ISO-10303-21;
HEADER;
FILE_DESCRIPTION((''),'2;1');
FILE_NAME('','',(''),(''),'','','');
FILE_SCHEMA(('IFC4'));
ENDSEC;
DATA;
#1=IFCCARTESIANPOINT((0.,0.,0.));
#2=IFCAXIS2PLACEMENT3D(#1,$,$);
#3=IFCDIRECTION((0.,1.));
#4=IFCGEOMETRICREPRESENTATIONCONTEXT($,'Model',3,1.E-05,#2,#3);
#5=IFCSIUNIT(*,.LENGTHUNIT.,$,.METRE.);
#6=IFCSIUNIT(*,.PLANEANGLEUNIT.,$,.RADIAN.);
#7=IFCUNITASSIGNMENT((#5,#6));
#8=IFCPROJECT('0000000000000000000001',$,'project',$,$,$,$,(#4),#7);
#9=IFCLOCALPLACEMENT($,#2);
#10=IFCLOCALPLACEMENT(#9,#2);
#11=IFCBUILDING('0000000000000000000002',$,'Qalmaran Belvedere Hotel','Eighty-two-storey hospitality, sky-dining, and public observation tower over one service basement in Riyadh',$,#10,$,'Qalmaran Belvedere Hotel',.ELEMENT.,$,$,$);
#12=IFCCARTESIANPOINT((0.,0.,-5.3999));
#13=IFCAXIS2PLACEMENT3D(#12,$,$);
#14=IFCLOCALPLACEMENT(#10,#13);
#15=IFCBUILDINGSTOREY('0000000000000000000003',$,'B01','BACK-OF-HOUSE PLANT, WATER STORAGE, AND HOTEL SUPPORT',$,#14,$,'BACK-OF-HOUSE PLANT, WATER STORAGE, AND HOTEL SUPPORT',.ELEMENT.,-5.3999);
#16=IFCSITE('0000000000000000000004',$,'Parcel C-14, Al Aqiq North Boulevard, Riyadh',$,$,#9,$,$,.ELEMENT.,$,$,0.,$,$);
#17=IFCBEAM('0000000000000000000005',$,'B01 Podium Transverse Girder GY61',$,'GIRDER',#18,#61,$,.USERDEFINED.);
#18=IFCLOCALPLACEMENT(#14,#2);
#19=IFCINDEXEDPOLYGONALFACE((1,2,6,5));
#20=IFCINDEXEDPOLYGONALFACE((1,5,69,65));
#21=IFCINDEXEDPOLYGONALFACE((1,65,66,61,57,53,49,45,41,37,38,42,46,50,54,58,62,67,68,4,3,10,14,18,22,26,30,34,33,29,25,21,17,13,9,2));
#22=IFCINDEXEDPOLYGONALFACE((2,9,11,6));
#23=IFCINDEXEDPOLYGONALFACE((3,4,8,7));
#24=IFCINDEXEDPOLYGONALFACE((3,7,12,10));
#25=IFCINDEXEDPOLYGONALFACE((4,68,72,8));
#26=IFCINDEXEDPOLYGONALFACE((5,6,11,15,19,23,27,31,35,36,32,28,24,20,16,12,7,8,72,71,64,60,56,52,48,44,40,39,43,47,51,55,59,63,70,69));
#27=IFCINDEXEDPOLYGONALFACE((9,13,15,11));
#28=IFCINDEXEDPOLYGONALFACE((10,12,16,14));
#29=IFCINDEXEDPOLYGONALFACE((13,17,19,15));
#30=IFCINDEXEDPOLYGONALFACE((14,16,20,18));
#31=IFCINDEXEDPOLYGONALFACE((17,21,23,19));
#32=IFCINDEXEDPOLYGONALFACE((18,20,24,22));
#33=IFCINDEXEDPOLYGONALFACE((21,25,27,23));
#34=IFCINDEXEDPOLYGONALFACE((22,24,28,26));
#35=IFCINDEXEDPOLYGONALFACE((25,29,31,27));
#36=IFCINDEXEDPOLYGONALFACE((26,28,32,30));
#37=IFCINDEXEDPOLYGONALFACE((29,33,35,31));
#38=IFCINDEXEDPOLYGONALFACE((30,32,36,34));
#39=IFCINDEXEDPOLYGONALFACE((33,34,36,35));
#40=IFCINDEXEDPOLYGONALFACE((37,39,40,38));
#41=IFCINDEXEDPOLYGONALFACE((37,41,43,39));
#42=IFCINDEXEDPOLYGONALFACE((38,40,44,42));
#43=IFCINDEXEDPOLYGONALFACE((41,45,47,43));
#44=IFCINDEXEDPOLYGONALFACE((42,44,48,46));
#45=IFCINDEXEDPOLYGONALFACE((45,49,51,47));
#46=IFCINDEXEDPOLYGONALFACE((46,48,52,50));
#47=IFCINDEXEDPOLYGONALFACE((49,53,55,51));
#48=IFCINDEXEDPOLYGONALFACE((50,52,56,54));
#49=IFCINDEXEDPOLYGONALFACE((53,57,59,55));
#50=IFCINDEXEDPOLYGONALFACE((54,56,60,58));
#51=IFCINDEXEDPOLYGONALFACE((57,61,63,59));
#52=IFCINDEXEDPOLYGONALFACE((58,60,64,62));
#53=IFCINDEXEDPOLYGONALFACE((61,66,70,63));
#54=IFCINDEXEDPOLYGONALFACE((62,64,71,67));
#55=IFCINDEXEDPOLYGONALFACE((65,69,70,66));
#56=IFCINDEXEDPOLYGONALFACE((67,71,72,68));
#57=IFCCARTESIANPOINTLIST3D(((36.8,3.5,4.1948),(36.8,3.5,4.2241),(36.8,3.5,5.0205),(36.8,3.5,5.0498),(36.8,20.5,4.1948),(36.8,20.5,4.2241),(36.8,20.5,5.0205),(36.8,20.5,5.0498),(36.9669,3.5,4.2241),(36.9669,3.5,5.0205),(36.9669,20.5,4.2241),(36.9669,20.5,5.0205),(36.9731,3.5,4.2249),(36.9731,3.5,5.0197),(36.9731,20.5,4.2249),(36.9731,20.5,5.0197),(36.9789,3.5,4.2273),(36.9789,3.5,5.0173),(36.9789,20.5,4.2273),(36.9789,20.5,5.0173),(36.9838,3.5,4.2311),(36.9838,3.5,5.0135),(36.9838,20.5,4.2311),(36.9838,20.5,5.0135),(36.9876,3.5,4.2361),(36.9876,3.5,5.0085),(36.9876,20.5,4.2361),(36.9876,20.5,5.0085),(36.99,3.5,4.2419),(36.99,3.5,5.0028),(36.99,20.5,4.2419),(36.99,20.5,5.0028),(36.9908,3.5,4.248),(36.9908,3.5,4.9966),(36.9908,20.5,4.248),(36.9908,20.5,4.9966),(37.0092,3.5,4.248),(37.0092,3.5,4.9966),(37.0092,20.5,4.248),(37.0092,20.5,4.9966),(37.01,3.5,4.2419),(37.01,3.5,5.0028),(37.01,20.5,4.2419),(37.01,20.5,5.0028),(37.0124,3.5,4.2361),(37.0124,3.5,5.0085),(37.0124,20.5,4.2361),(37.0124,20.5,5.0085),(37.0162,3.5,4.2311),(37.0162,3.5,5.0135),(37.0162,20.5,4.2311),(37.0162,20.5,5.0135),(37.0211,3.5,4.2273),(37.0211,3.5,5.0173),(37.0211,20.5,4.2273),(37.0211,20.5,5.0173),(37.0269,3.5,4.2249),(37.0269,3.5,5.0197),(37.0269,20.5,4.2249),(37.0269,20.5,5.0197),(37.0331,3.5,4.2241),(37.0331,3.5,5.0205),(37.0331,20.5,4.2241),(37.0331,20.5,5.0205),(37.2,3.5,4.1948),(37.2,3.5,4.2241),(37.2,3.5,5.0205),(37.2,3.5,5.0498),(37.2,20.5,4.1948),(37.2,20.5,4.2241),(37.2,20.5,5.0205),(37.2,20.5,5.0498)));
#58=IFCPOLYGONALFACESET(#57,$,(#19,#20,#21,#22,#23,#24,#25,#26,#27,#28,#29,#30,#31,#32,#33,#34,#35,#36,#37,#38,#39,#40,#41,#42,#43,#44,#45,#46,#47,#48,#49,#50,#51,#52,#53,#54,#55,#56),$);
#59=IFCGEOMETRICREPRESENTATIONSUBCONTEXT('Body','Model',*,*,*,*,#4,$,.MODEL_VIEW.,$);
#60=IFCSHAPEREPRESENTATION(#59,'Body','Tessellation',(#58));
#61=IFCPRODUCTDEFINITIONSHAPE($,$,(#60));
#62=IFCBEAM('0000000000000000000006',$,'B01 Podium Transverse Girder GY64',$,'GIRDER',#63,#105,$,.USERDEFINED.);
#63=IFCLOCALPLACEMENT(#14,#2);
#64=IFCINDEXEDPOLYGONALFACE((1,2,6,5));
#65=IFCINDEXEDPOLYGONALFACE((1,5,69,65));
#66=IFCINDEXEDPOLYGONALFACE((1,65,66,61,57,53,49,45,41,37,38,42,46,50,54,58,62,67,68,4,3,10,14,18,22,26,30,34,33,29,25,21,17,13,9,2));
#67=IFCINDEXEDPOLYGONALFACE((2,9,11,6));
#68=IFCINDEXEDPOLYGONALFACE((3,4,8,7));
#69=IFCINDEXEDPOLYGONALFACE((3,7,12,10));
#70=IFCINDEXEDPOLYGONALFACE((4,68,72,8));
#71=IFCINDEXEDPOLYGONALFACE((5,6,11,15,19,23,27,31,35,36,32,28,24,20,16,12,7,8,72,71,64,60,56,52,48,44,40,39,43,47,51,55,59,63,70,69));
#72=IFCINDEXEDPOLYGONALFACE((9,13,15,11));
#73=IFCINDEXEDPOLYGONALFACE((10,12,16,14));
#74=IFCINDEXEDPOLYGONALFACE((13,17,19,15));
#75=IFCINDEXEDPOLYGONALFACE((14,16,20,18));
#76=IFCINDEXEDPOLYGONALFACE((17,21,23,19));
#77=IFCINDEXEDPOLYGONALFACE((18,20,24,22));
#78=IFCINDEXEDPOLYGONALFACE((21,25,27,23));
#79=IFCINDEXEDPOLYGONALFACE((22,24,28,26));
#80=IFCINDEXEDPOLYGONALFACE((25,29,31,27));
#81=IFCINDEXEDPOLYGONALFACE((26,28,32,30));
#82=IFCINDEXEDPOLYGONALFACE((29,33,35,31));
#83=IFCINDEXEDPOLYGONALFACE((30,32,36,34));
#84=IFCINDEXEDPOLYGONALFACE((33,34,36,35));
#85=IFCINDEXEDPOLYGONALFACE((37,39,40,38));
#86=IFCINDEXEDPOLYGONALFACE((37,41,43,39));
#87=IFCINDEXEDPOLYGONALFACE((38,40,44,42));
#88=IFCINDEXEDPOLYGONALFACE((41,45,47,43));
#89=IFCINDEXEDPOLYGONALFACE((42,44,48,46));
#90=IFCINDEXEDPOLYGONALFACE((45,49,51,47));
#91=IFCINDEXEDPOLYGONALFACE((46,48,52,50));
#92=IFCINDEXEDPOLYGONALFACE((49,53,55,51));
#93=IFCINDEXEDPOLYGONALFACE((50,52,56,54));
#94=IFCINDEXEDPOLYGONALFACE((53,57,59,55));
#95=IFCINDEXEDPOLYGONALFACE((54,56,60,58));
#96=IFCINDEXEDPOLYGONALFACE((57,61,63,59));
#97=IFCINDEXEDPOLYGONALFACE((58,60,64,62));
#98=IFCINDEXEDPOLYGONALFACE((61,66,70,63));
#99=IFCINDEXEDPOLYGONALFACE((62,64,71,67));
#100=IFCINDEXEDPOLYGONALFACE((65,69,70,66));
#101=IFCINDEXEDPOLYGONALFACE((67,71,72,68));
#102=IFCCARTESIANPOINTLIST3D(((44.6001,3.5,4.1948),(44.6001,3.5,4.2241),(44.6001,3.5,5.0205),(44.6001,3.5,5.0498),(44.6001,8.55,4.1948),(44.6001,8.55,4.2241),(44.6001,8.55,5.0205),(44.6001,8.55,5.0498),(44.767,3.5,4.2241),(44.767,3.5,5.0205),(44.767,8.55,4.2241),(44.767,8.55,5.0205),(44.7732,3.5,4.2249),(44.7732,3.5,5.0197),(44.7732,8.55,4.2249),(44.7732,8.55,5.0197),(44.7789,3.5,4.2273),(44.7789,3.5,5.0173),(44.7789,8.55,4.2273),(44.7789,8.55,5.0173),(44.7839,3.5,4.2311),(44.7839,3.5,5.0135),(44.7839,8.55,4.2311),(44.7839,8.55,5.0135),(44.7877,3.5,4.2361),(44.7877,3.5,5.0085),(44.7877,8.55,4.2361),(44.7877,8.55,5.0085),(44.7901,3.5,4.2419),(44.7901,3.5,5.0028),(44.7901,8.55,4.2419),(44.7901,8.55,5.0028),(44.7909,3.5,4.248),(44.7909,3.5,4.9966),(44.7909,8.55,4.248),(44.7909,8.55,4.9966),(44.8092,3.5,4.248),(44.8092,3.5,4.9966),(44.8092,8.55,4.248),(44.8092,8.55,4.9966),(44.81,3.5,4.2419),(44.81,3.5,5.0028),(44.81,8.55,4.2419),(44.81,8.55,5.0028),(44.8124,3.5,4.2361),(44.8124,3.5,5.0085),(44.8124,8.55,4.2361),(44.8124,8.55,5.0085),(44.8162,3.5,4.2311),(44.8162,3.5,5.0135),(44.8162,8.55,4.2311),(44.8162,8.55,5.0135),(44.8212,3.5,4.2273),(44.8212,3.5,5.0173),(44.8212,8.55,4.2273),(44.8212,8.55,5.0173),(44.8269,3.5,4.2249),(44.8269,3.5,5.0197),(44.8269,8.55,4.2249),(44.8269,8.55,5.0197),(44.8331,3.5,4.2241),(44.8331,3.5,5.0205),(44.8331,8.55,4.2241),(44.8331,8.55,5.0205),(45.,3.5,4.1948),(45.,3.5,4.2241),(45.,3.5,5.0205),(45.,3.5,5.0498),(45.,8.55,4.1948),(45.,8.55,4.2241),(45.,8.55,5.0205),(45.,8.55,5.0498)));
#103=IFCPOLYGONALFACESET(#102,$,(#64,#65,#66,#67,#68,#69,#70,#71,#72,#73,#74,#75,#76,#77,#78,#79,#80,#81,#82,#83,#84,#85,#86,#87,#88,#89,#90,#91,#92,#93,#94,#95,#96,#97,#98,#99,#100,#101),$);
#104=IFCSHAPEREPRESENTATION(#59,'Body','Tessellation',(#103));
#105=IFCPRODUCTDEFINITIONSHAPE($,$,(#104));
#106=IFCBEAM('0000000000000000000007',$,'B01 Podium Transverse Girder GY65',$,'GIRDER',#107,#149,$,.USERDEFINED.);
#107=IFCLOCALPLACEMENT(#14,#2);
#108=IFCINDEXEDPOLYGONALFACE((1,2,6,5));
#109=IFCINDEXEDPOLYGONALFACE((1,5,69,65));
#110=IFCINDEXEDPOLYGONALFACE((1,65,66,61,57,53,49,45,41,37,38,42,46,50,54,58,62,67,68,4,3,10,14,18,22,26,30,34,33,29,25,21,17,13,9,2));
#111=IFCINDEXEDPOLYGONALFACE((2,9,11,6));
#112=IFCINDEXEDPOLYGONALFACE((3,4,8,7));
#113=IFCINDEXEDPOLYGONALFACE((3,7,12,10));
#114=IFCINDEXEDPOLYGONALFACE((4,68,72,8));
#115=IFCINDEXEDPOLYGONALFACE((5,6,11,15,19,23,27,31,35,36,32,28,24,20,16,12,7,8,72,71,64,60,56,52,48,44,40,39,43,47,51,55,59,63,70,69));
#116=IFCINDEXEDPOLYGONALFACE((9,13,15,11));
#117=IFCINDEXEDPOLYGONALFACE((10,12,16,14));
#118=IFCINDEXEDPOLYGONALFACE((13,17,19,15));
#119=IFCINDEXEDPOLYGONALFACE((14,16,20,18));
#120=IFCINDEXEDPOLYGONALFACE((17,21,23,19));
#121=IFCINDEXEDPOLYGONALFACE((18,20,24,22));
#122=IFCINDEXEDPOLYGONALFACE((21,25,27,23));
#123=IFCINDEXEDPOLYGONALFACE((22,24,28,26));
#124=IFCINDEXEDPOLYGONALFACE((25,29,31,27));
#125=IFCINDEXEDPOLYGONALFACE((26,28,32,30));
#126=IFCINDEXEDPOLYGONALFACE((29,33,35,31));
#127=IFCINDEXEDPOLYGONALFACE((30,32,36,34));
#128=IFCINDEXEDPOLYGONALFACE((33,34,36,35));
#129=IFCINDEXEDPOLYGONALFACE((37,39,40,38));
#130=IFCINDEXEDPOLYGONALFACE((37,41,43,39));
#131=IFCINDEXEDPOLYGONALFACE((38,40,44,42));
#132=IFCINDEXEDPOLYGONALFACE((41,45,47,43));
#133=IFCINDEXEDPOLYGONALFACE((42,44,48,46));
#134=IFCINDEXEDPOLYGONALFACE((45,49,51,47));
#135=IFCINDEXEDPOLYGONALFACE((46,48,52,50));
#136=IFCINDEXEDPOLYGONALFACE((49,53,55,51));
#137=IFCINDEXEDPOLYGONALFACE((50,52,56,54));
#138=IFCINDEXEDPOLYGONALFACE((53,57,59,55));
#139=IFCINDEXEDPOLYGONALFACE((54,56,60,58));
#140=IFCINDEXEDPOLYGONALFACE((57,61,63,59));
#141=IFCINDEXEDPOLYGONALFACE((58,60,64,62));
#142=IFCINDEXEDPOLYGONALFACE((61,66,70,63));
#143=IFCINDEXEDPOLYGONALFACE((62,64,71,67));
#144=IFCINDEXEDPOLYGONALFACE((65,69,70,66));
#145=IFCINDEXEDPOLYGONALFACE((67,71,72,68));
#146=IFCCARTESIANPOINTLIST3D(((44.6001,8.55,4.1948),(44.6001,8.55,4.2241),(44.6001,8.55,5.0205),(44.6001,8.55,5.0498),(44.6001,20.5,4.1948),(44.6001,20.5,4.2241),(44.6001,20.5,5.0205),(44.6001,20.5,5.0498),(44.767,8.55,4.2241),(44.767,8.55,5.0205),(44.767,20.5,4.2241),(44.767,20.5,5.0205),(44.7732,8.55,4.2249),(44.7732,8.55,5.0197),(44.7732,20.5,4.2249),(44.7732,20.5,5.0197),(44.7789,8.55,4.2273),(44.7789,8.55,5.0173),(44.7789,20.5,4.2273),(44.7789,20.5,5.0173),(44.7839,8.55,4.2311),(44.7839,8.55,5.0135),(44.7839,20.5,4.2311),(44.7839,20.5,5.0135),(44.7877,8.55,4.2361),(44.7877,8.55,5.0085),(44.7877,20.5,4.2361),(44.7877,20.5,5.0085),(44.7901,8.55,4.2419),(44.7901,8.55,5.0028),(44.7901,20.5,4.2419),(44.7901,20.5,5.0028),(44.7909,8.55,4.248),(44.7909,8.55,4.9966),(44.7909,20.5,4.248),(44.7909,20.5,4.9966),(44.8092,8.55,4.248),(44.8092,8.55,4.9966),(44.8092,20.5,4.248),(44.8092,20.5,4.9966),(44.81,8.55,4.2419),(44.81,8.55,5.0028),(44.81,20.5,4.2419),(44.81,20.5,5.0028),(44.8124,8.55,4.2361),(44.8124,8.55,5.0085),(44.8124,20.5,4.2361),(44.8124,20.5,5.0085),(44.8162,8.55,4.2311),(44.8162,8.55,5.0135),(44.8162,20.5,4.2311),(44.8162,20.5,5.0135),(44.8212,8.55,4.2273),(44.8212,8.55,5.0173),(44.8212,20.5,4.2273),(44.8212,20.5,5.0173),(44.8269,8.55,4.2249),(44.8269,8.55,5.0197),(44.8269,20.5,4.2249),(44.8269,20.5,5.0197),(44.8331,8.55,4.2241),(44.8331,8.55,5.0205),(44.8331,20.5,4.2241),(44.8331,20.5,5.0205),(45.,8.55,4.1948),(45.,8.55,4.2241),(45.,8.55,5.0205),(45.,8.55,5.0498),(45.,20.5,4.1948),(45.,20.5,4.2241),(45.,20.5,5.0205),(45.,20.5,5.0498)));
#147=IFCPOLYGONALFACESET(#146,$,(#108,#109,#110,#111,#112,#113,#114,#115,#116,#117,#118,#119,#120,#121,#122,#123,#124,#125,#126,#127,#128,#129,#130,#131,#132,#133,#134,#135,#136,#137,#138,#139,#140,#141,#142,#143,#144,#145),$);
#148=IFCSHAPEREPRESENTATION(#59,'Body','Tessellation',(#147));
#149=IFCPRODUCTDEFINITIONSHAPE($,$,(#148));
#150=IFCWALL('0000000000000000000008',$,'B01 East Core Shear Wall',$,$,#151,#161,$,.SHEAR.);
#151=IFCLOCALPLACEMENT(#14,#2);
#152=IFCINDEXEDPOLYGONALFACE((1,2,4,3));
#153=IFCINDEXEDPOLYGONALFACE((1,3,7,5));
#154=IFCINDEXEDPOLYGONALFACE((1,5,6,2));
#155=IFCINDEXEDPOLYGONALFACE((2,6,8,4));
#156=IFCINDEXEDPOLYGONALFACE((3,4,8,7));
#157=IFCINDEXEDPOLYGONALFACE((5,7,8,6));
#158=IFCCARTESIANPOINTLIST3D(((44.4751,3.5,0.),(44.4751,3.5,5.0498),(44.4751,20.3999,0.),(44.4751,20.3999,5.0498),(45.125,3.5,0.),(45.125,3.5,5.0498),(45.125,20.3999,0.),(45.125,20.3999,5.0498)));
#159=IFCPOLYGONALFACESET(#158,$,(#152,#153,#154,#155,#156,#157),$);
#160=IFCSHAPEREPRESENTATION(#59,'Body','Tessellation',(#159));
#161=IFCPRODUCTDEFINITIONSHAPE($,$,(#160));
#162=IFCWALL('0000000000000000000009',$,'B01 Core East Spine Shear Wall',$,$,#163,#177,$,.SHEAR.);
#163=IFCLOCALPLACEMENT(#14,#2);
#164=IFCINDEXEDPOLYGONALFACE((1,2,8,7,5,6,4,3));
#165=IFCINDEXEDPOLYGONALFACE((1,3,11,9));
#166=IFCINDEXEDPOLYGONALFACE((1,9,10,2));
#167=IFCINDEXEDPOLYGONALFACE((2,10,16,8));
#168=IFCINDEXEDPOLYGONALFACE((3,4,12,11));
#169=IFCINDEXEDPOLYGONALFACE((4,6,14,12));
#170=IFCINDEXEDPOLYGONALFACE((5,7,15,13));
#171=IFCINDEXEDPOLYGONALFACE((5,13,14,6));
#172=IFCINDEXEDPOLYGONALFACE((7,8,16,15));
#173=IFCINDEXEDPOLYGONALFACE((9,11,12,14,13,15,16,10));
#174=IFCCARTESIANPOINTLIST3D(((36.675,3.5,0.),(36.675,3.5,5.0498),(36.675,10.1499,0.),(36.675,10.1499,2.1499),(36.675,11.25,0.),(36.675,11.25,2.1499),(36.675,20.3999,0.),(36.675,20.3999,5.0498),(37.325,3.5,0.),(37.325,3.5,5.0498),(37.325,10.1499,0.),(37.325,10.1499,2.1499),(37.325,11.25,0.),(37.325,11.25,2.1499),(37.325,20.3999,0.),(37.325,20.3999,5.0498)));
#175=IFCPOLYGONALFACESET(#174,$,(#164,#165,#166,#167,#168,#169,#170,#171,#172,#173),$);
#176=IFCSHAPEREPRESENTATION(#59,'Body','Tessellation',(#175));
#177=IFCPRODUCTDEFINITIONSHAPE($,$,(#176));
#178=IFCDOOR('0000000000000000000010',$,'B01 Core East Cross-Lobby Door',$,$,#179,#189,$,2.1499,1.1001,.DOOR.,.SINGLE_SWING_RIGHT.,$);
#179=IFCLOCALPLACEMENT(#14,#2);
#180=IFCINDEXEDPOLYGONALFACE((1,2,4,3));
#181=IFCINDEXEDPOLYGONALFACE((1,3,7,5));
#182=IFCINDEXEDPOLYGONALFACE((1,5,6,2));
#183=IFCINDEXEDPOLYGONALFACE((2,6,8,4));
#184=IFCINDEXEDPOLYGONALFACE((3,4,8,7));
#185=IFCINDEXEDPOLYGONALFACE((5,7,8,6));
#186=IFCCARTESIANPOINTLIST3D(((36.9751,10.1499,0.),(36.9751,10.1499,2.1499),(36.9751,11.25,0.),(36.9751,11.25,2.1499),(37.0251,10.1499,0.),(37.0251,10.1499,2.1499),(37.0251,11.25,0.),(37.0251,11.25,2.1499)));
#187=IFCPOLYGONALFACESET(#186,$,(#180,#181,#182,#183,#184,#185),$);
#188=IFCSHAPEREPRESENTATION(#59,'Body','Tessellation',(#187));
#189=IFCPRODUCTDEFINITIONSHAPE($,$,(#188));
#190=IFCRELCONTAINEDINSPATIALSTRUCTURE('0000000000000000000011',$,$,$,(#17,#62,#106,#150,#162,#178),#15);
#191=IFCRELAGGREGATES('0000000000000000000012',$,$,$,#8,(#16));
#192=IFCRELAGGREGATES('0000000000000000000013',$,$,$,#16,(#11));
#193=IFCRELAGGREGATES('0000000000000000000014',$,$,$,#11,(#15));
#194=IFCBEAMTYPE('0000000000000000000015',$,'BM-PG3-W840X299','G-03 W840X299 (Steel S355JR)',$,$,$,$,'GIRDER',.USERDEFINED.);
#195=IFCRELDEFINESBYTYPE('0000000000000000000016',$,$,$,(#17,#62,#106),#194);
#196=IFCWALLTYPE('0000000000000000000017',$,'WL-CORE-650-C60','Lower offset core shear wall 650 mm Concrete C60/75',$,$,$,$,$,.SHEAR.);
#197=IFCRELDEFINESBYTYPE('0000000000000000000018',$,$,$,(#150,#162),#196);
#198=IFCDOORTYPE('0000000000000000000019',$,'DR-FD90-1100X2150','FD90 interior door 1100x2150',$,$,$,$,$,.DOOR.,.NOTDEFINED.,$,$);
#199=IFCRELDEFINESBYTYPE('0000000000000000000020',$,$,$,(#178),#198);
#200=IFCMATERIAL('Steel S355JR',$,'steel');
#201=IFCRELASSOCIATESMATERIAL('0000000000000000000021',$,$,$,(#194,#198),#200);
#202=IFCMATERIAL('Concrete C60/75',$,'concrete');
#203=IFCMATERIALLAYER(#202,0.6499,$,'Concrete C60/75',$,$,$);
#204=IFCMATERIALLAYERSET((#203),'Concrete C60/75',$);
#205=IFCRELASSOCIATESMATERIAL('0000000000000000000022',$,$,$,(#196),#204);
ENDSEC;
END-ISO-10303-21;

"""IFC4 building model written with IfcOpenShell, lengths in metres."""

from ifc_helpers import new_model, si_unit, direction, frame, frame_2d, origin, origin_2d, place, context, subcontext, project, spatial, rectangle, i_section, extrude, material, layer, layer_set, material_profile, profile_set, type_object, element, fill, save


model = new_model("IFC4")

# Units and contexts
model_context = context("Model", 3, precision=1e-05, world=origin(), true_north=direction((0.0, 1.0)))
body_context = subcontext(model_context, "Body", "Model", "MODEL_VIEW")
ifc_project = project(units=[si_unit("LENGTHUNIT", "METRE"), si_unit("PLANEANGLEUNIT", "RADIAN")], contexts=[model_context])

# Site, building, storey
site_placement = place(None, origin())
site = spatial("IfcSite", under=ifc_project, at=site_placement, Name="Parcel C-14, Al Aqiq North Boulevard, Riyadh", CompositionType="ELEMENT", RefElevation=0.0)
building_placement = place(site_placement, origin())
building = spatial("IfcBuilding", under=site, at=building_placement, Name="Qalmaran Belvedere Hotel", Description="Eighty-two-storey hospitality, sky-dining, and public observation tower over one service basement in Riyadh", LongName="Qalmaran Belvedere Hotel", CompositionType="ELEMENT")
storey_placement = place(building_placement, frame((0.0, 0.0, -5.3999)))
storey = spatial("IfcBuildingStorey", under=building, at=storey_placement, Name="B01", Description="BACK-OF-HOUSE PLANT, WATER STORAGE, AND HOTEL SUPPORT", LongName="BACK-OF-HOUSE PLANT, WATER STORAGE, AND HOTEL SUPPORT", CompositionType="ELEMENT", Elevation=-5.3999)

# Shared definitions
ifc_material_1 = material(Name="Concrete C60/75", Category="concrete")

# Beams
ifc_material_2 = material(Name="Steel S355JR", Category="steel")
ifc_material_profile_1 = material_profile(ifc_material_2, i_section(OverallWidth=0.3999, OverallDepth=0.855, WebThickness=0.0183, FlangeThickness=0.0293, FilletRadius=0.0239, at=origin_2d()), Name="W840X299")
ifc_profile_set_1 = profile_set([ifc_material_profile_1], Name="Steel S355JR")
beam_type_1 = type_object("IfcBeamType", Name="BM-PG3-W840X299", Description="G-03 W840X299 (Steel S355JR)", ElementType="GIRDER", PredefinedType="USERDEFINED", material=ifc_profile_set_1)
beam_1_placement = place(storey_placement, frame((37.0, 3.5, 4.6223), z_axis=(0.0, 1.0, 0.0), x_axis=(-1.0, 0.0, 0.0)))
element("IfcBeam", 1, at=beam_1_placement, inside=storey, type_object=beam_type_1, Name="B01 Podium Transverse Girder GY61", ObjectType="GIRDER", PredefinedType="USERDEFINED", context=body_context, shape_type="SweptSolid", body=[
    extrude(i_section(OverallWidth=0.3999, OverallDepth=0.855, WebThickness=0.0183, FlangeThickness=0.0293, FilletRadius=0.0239, at=origin_2d()), origin(), (0.0, 0.0, 1.0), 17.0),
])
beam_2_placement = place(storey_placement, frame((44.8, 3.5, 4.6223), z_axis=(0.0, 1.0, 0.0), x_axis=(-1.0, 0.0, 0.0)))
element("IfcBeam", 2, at=beam_2_placement, inside=storey, type_object=beam_type_1, Name="B01 Podium Transverse Girder GY64", ObjectType="GIRDER", PredefinedType="USERDEFINED", context=body_context, shape_type="SweptSolid", body=[
    extrude(i_section(OverallWidth=0.3999, OverallDepth=0.855, WebThickness=0.0183, FlangeThickness=0.0293, FilletRadius=0.0239, at=origin_2d()), origin(), (0.0, 0.0, 1.0), 5.05),
])
beam_3_placement = place(storey_placement, frame((44.8, 8.55, 4.6223), z_axis=(0.0, 1.0, 0.0), x_axis=(-1.0, 0.0, 0.0)))
element("IfcBeam", 3, at=beam_3_placement, inside=storey, type_object=beam_type_1, Name="B01 Podium Transverse Girder GY65", ObjectType="GIRDER", PredefinedType="USERDEFINED", context=body_context, shape_type="SweptSolid", body=[
    extrude(i_section(OverallWidth=0.3999, OverallDepth=0.855, WebThickness=0.0183, FlangeThickness=0.0293, FilletRadius=0.0239, at=origin_2d()), origin(), (0.0, 0.0, 1.0), 11.95),
])

# Wall
ifc_layer_1 = layer(ifc_material_1, 0.6499, Name="Concrete C60/75")
ifc_layer_set_1 = layer_set([ifc_layer_1], Name="Concrete C60/75")
wall_type_1 = type_object("IfcWallType", Name="WL-CORE-650-C60", Description="Lower offset core shear wall 650 mm Concrete C60/75", PredefinedType="SHEAR", material=ifc_layer_set_1)
wall_1_placement = place(storey_placement, frame((44.8, 3.5, 0.0), z_axis=(0.0, 0.0, 1.0), x_axis=(0.0, 1.0, 0.0)))
element("IfcWall", 4, at=wall_1_placement, inside=storey, type_object=wall_type_1, Name="B01 East Core Shear Wall", PredefinedType="SHEAR", context=body_context, shape_type="SweptSolid", body=[
    extrude(rectangle(XDim=16.8999, YDim=0.6499, at=frame_2d((8.45, 0.0))), origin(), (0.0, 0.0, 1.0), 5.0498),
])

# Wall, opening, door
wall_2_placement = place(storey_placement, frame((37.0, 3.5, 0.0), z_axis=(0.0, 0.0, 1.0), x_axis=(0.0, 1.0, 0.0)))
wall_2 = element("IfcWall", 5, at=wall_2_placement, inside=storey, type_object=wall_type_1, Name="B01 Core East Spine Shear Wall", PredefinedType="SHEAR", context=body_context, shape_type="SweptSolid", body=[
    extrude(rectangle(XDim=16.8999, YDim=0.6499, at=frame_2d((8.45, 0.0))), origin(), (0.0, 0.0, 1.0), 5.0498),
])
opening_1_placement = place(wall_2_placement, frame((6.6499, 0.0, 0.0)))
opening_1 = element("IfcOpeningElement", 6, at=opening_1_placement, cuts=wall_2, PredefinedType="OPENING", context=body_context, shape_type="SweptSolid", body=[
    extrude(rectangle(XDim=1.1001, YDim=2.1499, at=frame_2d((0.55, 1.075))), frame((0.0, 0.335, 0.0), z_axis=(0.0, -1.0, 0.0), x_axis=(1.0, 0.0, 0.0)), (0.0, 0.0, 1.0), 0.6699),
])
door_type_1 = type_object("IfcDoorType", Name="DR-FD90-1100X2150", Description="FD90 interior door 1100x2150", OperationType="NOTDEFINED", PredefinedType="DOOR", material=ifc_material_2)
door_1_placement = place(opening_1_placement, origin())
door_1 = element("IfcDoor", 7, at=door_1_placement, inside=storey, type_object=door_type_1, Name="B01 Core East Cross-Lobby Door", OperationType="SINGLE_SWING_RIGHT", OverallHeight=2.1499, OverallWidth=1.1001, PredefinedType="DOOR", context=body_context, shape_type="SweptSolid", body=[
    extrude(rectangle(XDim=1.1001, YDim=2.1499, at=frame_2d((0.55, 1.075))), frame((0.0, 0.0249, 0.0), z_axis=(0.0, -1.0, 0.0), x_axis=(1.0, 0.0, 0.0)), (0.0, 0.0, 1.0), 0.05),
])
fill(opening_1, door_1)

save(model, "model.ifc")
